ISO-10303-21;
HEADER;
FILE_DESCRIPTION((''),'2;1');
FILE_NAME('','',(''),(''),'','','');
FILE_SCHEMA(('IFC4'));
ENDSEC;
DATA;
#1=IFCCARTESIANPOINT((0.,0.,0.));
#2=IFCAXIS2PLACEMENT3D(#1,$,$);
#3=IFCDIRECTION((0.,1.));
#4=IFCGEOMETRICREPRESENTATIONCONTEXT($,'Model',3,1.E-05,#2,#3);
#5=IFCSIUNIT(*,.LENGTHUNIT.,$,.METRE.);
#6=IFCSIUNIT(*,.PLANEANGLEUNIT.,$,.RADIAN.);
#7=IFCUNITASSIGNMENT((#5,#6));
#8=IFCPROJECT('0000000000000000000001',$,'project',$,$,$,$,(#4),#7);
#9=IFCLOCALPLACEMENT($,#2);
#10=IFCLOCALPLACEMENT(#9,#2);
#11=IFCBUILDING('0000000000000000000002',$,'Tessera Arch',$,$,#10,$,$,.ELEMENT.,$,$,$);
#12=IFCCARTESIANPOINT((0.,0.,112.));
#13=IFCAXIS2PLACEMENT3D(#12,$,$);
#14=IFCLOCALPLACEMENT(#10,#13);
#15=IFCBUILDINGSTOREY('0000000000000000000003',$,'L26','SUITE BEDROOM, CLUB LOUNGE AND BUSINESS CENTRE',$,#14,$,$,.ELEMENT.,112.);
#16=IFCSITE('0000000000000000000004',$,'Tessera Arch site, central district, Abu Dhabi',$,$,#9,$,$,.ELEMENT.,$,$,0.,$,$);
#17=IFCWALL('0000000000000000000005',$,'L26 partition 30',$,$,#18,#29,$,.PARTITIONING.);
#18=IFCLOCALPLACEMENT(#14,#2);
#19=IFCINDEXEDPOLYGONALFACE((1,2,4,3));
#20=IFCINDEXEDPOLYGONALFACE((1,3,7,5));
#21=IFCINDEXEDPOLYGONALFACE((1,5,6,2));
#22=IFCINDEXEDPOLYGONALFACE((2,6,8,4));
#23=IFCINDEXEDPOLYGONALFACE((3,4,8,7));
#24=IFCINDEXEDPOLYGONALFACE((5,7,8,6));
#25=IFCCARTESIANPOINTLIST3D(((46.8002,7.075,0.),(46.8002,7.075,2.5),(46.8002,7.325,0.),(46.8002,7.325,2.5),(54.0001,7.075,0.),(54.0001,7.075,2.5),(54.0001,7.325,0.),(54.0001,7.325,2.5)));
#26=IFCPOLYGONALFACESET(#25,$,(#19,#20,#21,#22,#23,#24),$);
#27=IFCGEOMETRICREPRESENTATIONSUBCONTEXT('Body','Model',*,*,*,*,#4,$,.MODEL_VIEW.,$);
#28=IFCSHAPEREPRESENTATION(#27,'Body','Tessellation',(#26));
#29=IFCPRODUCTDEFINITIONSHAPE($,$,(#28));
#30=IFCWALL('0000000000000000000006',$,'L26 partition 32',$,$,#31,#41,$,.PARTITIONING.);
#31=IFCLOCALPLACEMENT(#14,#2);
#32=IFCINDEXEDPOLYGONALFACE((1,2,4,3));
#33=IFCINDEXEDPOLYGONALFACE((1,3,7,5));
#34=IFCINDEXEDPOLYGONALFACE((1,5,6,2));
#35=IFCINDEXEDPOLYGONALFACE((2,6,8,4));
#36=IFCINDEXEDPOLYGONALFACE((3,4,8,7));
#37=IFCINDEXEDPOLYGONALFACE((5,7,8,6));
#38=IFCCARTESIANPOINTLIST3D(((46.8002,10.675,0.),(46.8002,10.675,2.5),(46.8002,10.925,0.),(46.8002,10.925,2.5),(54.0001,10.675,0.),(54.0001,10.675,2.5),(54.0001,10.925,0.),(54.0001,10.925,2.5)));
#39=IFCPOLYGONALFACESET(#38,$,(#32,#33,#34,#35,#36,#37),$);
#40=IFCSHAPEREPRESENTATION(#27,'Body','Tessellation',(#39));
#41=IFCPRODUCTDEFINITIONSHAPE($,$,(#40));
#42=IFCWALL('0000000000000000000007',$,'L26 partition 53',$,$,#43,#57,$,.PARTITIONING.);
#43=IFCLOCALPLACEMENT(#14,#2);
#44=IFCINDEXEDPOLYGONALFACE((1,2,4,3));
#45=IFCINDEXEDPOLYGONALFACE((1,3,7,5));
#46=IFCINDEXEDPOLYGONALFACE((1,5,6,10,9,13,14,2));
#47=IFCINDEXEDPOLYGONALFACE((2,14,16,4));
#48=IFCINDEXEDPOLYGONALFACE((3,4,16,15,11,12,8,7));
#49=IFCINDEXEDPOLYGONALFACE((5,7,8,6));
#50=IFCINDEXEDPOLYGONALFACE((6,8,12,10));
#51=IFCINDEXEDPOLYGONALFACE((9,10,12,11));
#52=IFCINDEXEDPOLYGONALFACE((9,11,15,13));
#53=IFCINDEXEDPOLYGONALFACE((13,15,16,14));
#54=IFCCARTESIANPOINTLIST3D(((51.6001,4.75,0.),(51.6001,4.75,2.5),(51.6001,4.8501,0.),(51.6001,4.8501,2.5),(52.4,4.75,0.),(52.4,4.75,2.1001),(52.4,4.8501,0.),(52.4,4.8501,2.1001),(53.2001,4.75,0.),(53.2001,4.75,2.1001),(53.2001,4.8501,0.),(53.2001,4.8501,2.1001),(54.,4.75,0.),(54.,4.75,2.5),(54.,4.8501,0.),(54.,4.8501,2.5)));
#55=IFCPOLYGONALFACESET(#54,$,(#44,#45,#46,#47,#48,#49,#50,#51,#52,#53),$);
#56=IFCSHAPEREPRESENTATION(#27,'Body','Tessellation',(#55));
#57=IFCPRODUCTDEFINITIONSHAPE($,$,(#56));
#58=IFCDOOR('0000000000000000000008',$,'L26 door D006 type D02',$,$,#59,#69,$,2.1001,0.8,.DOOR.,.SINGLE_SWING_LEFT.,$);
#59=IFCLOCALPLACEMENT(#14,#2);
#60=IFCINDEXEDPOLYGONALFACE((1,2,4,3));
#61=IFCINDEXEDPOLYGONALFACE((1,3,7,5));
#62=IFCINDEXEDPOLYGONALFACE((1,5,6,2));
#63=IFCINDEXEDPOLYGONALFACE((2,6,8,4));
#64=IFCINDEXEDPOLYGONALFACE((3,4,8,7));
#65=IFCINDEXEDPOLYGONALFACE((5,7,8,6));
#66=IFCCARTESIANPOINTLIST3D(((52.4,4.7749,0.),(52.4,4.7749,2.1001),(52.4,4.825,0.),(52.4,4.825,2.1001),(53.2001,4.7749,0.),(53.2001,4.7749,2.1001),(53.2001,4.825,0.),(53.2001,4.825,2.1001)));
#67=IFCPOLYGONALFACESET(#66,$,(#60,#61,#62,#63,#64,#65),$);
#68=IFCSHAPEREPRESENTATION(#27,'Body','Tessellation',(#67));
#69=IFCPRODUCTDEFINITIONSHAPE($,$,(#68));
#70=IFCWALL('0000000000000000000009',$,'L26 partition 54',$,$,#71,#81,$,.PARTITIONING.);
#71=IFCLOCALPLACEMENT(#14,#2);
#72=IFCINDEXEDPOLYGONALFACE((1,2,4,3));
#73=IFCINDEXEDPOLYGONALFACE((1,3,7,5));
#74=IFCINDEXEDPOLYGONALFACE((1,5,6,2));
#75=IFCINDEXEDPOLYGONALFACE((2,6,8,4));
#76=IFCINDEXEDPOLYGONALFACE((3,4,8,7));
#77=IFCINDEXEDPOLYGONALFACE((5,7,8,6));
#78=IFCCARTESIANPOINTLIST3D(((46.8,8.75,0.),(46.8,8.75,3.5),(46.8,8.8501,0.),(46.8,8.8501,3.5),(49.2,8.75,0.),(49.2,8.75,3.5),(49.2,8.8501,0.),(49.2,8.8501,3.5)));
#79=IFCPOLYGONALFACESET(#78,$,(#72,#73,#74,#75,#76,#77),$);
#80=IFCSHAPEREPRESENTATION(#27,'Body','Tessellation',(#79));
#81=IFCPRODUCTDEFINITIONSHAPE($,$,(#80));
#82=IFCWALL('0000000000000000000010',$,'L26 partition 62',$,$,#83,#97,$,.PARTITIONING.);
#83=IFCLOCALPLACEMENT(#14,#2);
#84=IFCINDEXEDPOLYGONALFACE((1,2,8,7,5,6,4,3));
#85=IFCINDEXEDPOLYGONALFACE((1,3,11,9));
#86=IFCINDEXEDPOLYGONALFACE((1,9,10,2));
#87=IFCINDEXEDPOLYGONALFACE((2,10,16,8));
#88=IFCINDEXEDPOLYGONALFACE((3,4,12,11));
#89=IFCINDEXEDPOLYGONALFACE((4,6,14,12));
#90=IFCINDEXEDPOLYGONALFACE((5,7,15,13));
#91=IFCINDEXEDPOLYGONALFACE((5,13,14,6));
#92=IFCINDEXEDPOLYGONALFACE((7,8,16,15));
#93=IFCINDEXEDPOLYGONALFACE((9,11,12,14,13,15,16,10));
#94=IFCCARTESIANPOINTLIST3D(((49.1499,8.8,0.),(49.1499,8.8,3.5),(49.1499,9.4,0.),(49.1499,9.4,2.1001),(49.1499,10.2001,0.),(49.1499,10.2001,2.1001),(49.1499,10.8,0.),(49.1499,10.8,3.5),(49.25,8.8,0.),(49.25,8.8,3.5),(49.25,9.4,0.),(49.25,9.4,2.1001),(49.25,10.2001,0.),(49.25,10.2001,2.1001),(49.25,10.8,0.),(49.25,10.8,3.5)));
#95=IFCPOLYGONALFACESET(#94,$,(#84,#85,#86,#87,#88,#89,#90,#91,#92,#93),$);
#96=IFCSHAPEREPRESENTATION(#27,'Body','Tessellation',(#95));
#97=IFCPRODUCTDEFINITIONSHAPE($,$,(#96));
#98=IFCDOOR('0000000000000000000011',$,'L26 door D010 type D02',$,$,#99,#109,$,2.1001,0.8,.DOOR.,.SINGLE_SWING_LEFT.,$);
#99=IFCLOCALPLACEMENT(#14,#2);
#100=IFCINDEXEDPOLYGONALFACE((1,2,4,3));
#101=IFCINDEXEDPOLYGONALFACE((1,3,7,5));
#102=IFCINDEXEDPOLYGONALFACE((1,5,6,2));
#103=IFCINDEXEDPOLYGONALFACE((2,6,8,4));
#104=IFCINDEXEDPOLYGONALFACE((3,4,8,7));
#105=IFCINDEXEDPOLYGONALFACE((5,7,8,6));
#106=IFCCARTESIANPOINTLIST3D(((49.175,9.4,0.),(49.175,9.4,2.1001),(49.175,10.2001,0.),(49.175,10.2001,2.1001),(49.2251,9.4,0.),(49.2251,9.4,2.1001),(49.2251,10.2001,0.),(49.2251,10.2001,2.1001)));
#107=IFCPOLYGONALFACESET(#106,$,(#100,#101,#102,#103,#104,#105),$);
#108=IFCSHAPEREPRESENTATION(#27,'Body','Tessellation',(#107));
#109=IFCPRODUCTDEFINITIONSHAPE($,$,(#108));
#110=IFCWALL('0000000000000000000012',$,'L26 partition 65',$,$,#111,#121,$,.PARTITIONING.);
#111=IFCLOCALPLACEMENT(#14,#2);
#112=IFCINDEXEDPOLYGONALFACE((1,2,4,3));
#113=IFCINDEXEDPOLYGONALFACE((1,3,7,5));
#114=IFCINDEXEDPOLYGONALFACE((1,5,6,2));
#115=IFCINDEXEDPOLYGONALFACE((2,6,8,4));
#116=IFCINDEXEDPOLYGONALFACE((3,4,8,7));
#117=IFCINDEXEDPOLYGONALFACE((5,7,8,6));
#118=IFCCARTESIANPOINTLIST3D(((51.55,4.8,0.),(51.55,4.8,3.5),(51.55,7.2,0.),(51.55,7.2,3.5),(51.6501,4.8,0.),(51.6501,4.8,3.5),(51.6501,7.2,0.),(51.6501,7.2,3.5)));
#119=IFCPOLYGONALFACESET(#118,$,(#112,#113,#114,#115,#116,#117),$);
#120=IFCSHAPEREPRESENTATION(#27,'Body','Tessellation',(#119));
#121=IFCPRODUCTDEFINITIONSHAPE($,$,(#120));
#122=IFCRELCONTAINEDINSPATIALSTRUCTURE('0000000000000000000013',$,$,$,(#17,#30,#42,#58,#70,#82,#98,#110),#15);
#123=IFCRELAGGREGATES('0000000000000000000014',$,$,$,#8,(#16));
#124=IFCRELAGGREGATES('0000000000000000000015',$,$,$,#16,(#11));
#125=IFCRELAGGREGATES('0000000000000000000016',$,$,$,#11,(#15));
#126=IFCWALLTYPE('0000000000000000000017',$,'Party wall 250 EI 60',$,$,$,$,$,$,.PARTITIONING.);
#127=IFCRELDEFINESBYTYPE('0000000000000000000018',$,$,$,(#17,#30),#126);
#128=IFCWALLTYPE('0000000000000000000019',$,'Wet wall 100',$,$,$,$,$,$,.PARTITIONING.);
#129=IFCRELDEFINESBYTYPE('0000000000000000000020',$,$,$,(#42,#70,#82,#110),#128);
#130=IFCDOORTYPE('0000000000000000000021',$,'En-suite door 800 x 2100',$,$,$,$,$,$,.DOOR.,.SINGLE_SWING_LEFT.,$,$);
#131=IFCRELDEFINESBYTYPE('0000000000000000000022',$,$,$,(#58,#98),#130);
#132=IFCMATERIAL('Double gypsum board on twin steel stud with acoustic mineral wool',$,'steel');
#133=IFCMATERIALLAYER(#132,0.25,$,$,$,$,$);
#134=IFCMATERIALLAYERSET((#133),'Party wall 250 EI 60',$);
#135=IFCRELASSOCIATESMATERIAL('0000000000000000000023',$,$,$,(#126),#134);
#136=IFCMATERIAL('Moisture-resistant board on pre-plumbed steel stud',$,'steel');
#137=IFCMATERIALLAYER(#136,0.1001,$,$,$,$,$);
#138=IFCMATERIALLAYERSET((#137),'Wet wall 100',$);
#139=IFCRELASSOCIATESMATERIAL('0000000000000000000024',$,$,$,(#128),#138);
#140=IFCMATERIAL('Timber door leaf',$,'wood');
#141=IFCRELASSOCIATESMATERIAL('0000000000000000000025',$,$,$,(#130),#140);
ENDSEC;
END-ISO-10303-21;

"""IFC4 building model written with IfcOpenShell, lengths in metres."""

from ifc_helpers import new_model, si_unit, direction, frame, frame_2d, origin, place, context, subcontext, project, spatial, rectangle, extrude, material, layer, layer_set, type_object, element, fill, save


model = new_model("IFC4")

# Units and contexts
model_context = context("Model", 3, precision=1e-05, world=origin(), true_north=direction((0.0, 1.0)))
body_context = subcontext(model_context, "Body", "Model", "MODEL_VIEW")
ifc_project = project(units=[si_unit("LENGTHUNIT", "METRE"), si_unit("PLANEANGLEUNIT", "RADIAN")], contexts=[model_context])

# Site, building, storey
site_placement = place(None, origin())
site = spatial("IfcSite", under=ifc_project, at=site_placement, Name="Tessera Arch site, central district, Abu Dhabi", CompositionType="ELEMENT", RefElevation=0.0)
building_placement = place(site_placement, origin())
building = spatial("IfcBuilding", under=site, at=building_placement, Name="Tessera Arch", CompositionType="ELEMENT")
storey_placement = place(building_placement, frame((0.0, 0.0, 112.0)))
storey = spatial("IfcBuildingStorey", under=building, at=storey_placement, Name="L26", Description="SUITE BEDROOM, CLUB LOUNGE AND BUSINESS CENTRE", CompositionType="ELEMENT", Elevation=112.0)

# Walls
ifc_material_1 = material(Name="Double gypsum board on twin steel stud with acoustic mineral wool", Category="steel")
ifc_layer_1 = layer(ifc_material_1, 0.25)
ifc_layer_set_1 = layer_set([ifc_layer_1], Name="Party wall 250 EI 60")
wall_type_1 = type_object("IfcWallType", Name="Party wall 250 EI 60", PredefinedType="PARTITIONING", material=ifc_layer_set_1)
for number, where, z_axis, x_axis, name in (
    (1, (46.8, 7.2, 0.0), (0.0, 0.0, 1.0), (1.0, 0.0, 0.0), "L26 partition 30"),
    (2, (46.8, 10.8, 0.0), (0.0, 0.0, 1.0), (1.0, 0.0, 0.0), "L26 partition 32"),
):
    element("IfcWall", number, at=place(storey_placement, frame(where, z_axis=z_axis, x_axis=x_axis)), inside=storey, type_object=wall_type_1, Name=name, PredefinedType="PARTITIONING", context=body_context, shape_type="SweptSolid", body=[
        extrude(rectangle(XDim=7.2, YDim=0.25, at=frame_2d((3.6001, 0.0))), origin(), (0.0, 0.0, 1.0), 2.5),
    ])

# Wall, opening, door
ifc_material_2 = material(Name="Moisture-resistant board on pre-plumbed steel stud", Category="steel")
ifc_layer_2 = layer(ifc_material_2, 0.1001)
ifc_layer_set_2 = layer_set([ifc_layer_2], Name="Wet wall 100")
wall_type_2 = type_object("IfcWallType", Name="Wet wall 100", PredefinedType="PARTITIONING", material=ifc_layer_set_2)
wall_1_placement = place(storey_placement, frame((51.6001, 4.8, 0.0), z_axis=(0.0, 0.0, 1.0), x_axis=(1.0, 0.0, 0.0)))
wall_1 = element("IfcWall", 3, at=wall_1_placement, inside=storey, type_object=wall_type_2, Name="L26 partition 53", PredefinedType="PARTITIONING", context=body_context, shape_type="SweptSolid", body=[
    extrude(rectangle(XDim=2.3999, YDim=0.1001, at=frame_2d((1.2, 0.0))), origin(), (0.0, 0.0, 1.0), 2.5),
])
opening_1_placement = place(wall_1_placement, frame((0.8, 0.0, 0.0)))
opening_1 = element("IfcOpeningElement", 4, at=opening_1_placement, cuts=wall_1, PredefinedType="OPENING", context=body_context, shape_type="SweptSolid", body=[
    extrude(rectangle(XDim=0.8, YDim=2.1001, at=frame_2d((0.3999, 1.05))), frame((0.0, 0.0601, 0.0), z_axis=(0.0, -1.0, 0.0), x_axis=(1.0, 0.0, 0.0)), (0.0, 0.0, 1.0), 0.1201),
])
ifc_material_3 = material(Name="Timber door leaf", Category="wood")
door_type_1 = type_object("IfcDoorType", Name="En-suite door 800 x 2100", OperationType="SINGLE_SWING_LEFT", PredefinedType="DOOR", material=ifc_material_3)
door_1_placement = place(opening_1_placement, origin())
door_1 = element("IfcDoor", 5, at=door_1_placement, inside=storey, type_object=door_type_1, Name="L26 door D006 type D02", OperationType="SINGLE_SWING_LEFT", OverallHeight=2.1001, OverallWidth=0.8, PredefinedType="DOOR", context=body_context, shape_type="SweptSolid", body=[
    extrude(rectangle(XDim=0.8, YDim=2.1001, at=frame_2d((0.3999, 1.05))), frame((0.0, 0.0249, 0.0), z_axis=(0.0, -1.0, 0.0), x_axis=(1.0, 0.0, 0.0)), (0.0, 0.0, 1.0), 0.05),
])
fill(opening_1, door_1)

# Wall
wall_2_placement = place(storey_placement, frame((46.8, 8.8, 0.0), z_axis=(0.0, 0.0, 1.0), x_axis=(1.0, 0.0, 0.0)))
element("IfcWall", 6, at=wall_2_placement, inside=storey, type_object=wall_type_2, Name="L26 partition 54", PredefinedType="PARTITIONING", context=body_context, shape_type="SweptSolid", body=[
    extrude(rectangle(XDim=2.3999, YDim=0.1001, at=frame_2d((1.2, 0.0))), origin(), (0.0, 0.0, 1.0), 3.5),
])

# Wall, opening, door
wall_3_placement = place(storey_placement, frame((49.2, 8.8, 0.0), z_axis=(0.0, 0.0, 1.0), x_axis=(0.0, 1.0, 0.0)))
wall_3 = element("IfcWall", 7, at=wall_3_placement, inside=storey, type_object=wall_type_2, Name="L26 partition 62", PredefinedType="PARTITIONING", context=body_context, shape_type="SweptSolid", body=[
    extrude(rectangle(XDim=2.0, YDim=0.1001, at=frame_2d((1.0, 0.0))), origin(), (0.0, 0.0, 1.0), 3.5),
])
opening_2_placement = place(wall_3_placement, frame((0.6001, 0.0, 0.0)))
opening_2 = element("IfcOpeningElement", 8, at=opening_2_placement, cuts=wall_3, PredefinedType="OPENING", context=body_context, shape_type="SweptSolid", body=[
    extrude(rectangle(XDim=0.8, YDim=2.1001, at=frame_2d((0.3999, 1.05))), frame((0.0, 0.0601, 0.0), z_axis=(0.0, -1.0, 0.0), x_axis=(1.0, 0.0, 0.0)), (0.0, 0.0, 1.0), 0.1201),
])
door_2_placement = place(opening_2_placement, origin())
door_2 = element("IfcDoor", 9, at=door_2_placement, inside=storey, type_object=door_type_1, Name="L26 door D010 type D02", OperationType="SINGLE_SWING_LEFT", OverallHeight=2.1001, OverallWidth=0.8, PredefinedType="DOOR", context=body_context, shape_type="SweptSolid", body=[
    extrude(rectangle(XDim=0.8, YDim=2.1001, at=frame_2d((0.3999, 1.05))), frame((0.0, 0.0249, 0.0), z_axis=(0.0, -1.0, 0.0), x_axis=(1.0, 0.0, 0.0)), (0.0, 0.0, 1.0), 0.05),
])
fill(opening_2, door_2)

# Wall
wall_4_placement = place(storey_placement, frame((51.6001, 4.8, 0.0), z_axis=(0.0, 0.0, 1.0), x_axis=(0.0, 1.0, 0.0)))
element("IfcWall", 10, at=wall_4_placement, inside=storey, type_object=wall_type_2, Name="L26 partition 65", PredefinedType="PARTITIONING", context=body_context, shape_type="SweptSolid", body=[
    extrude(rectangle(XDim=2.3999, YDim=0.1001, at=frame_2d((1.2, 0.0))), origin(), (0.0, 0.0, 1.0), 3.5),
])

save(model, "model.ifc")
